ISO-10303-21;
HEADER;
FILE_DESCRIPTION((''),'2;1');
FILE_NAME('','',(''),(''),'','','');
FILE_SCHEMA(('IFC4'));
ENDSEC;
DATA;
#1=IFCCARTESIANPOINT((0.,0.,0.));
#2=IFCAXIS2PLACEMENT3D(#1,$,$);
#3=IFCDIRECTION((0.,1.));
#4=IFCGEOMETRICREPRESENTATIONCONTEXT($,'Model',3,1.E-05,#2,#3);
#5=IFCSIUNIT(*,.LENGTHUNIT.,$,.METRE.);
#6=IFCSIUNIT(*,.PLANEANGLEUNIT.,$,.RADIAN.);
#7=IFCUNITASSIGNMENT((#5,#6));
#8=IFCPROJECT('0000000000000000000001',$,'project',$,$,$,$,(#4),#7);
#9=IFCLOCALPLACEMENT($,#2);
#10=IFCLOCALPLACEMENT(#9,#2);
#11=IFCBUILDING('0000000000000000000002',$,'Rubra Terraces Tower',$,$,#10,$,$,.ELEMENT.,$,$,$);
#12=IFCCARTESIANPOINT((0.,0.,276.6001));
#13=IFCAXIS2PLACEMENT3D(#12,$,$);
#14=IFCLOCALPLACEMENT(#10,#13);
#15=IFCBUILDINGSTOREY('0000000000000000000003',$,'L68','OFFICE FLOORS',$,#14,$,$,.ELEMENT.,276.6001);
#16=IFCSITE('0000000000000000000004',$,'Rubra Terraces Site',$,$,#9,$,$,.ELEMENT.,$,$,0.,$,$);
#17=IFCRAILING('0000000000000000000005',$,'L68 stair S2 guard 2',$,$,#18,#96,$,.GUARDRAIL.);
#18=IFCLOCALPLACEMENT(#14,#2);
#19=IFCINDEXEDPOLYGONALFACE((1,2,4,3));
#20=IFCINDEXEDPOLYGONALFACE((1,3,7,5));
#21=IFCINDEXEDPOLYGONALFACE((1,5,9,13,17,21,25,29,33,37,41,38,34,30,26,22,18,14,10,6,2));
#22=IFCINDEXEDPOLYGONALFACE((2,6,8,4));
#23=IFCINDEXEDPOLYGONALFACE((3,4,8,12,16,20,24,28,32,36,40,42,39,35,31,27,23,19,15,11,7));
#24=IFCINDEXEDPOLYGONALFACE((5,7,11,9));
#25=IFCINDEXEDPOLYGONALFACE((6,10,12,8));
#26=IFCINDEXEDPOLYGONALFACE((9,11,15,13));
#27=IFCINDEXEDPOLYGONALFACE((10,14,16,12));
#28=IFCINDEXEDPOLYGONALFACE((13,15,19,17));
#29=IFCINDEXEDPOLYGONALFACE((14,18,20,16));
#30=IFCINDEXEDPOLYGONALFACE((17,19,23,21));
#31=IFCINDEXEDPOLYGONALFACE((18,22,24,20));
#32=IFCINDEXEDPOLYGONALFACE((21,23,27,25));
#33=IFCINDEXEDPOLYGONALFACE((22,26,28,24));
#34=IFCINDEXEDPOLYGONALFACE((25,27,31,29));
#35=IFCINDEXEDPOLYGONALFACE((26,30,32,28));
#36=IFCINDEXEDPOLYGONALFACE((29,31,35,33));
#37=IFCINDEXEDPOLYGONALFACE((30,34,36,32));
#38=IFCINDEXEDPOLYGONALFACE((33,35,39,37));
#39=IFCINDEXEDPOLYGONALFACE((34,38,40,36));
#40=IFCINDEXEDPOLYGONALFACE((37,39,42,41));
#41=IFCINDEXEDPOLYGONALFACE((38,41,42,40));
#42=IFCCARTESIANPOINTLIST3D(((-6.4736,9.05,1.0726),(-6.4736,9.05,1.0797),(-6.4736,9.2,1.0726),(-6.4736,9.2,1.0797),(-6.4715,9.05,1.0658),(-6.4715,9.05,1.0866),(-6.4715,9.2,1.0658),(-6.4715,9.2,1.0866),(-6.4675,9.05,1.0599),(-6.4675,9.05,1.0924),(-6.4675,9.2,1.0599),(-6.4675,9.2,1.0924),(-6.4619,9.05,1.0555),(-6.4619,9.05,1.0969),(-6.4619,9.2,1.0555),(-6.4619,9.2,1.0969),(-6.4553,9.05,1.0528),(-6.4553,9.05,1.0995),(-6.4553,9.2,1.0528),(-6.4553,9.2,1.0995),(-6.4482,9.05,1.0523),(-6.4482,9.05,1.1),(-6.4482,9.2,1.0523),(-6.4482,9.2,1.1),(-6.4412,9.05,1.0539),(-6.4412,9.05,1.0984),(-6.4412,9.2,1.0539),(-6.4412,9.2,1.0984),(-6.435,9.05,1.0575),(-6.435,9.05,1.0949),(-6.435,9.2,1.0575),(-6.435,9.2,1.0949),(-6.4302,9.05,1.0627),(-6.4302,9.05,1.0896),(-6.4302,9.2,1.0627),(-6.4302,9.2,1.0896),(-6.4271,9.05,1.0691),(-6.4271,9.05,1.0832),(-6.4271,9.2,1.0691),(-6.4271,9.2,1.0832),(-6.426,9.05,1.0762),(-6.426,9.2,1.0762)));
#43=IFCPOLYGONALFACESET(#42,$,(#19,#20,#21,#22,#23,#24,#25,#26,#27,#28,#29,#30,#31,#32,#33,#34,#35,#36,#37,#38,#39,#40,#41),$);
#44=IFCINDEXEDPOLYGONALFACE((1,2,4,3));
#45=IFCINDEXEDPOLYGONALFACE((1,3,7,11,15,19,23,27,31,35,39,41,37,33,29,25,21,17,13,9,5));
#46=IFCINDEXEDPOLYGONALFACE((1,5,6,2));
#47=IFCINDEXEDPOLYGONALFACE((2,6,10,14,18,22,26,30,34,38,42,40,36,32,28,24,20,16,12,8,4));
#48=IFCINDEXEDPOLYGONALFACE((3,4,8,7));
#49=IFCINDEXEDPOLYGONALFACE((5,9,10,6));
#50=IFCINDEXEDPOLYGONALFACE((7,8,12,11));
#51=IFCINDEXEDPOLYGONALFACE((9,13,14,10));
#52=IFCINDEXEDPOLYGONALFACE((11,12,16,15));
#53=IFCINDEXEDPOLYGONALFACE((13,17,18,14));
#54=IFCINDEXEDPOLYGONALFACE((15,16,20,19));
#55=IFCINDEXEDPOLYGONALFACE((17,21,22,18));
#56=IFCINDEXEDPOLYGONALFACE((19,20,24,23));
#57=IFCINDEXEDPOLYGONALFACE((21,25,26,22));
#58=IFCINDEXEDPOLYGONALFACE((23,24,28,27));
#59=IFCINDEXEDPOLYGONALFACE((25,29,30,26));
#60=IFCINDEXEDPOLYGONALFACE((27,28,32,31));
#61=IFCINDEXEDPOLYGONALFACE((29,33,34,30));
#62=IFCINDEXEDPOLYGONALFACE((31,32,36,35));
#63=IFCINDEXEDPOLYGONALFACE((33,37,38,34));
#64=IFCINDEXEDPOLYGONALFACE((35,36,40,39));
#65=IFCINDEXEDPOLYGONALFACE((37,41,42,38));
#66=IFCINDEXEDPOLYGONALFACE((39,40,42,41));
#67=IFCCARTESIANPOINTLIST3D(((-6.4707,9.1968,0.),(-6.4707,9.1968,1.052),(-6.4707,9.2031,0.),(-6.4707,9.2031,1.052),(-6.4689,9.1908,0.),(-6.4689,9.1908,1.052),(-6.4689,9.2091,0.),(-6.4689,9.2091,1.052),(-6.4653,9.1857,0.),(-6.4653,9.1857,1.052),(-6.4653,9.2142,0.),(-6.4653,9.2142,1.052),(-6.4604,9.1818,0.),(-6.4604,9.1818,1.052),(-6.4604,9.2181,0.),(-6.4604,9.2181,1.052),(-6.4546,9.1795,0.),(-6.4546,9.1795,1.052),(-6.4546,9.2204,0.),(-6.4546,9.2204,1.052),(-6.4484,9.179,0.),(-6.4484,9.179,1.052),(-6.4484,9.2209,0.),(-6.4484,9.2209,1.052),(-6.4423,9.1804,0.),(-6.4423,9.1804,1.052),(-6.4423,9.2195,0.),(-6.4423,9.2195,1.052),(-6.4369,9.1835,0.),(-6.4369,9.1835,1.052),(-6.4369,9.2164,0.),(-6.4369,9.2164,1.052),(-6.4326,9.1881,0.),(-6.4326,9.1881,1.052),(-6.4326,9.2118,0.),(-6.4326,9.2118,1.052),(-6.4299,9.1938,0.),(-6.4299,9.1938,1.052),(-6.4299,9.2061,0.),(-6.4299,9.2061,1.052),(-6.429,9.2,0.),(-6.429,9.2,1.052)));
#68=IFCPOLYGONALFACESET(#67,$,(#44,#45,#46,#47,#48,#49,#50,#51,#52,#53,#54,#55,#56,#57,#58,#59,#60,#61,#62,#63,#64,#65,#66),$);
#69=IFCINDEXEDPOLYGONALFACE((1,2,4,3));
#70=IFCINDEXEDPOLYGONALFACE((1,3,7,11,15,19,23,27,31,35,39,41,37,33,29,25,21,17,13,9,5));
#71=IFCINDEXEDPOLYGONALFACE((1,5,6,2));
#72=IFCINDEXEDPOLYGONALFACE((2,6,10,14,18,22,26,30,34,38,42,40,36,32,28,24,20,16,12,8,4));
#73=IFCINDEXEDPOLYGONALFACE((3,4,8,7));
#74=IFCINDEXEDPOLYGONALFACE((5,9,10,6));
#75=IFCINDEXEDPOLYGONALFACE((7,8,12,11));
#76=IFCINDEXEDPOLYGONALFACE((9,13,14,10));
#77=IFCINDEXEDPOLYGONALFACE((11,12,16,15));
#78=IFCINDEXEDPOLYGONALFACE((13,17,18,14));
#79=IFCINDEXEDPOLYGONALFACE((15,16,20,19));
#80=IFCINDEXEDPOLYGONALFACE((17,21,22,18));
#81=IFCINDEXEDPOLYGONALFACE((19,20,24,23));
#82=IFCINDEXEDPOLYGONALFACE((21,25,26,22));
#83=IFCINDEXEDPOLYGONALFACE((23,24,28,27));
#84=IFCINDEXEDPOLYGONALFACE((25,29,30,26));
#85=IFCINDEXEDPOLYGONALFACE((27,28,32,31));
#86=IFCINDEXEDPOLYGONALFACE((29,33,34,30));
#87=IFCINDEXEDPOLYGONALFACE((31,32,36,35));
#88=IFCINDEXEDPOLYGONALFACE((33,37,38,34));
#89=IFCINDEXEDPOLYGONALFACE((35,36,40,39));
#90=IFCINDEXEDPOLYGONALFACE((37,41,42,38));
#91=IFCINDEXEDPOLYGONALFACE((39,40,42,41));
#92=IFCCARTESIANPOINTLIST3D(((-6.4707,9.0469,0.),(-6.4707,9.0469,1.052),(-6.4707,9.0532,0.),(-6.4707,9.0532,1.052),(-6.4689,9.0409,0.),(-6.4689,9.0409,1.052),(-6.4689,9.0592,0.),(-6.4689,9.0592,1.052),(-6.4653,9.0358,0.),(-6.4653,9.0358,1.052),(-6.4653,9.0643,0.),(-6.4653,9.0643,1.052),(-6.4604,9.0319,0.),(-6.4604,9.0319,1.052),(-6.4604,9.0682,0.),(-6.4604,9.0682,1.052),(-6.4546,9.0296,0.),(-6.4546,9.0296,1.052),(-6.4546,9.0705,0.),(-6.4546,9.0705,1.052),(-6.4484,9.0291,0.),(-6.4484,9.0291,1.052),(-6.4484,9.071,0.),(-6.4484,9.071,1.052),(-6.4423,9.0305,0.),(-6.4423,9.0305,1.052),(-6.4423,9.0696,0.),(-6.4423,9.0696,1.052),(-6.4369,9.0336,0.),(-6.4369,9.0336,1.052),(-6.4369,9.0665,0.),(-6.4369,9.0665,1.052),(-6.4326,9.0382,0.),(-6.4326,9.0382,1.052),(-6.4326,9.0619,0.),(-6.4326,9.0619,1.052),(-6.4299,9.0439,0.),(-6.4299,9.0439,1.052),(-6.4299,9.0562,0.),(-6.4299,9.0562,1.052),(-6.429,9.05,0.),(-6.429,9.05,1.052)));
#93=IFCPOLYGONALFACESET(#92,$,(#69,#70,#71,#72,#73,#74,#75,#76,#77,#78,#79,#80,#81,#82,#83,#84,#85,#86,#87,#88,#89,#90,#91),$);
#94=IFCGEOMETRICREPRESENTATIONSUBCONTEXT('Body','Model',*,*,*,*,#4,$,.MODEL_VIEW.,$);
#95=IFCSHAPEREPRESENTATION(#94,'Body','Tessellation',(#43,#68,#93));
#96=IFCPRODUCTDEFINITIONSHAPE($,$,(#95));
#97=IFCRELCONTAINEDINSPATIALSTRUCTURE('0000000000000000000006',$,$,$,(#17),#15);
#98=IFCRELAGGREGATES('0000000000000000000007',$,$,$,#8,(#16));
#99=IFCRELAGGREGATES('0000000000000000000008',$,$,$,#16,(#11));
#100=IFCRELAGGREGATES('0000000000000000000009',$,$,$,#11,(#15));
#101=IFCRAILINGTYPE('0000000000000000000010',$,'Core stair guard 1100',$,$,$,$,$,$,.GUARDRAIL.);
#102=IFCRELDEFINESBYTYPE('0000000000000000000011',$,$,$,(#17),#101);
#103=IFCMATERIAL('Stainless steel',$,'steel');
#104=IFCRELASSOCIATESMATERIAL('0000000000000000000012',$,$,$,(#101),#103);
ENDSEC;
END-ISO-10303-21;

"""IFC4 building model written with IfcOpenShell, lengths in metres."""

from ifc_helpers import new_model, si_unit, direction, frame, origin, origin_2d, place, context, subcontext, project, spatial, circle, extrude, material, type_object, element, save


model = new_model("IFC4")

# Units and contexts
model_context = context("Model", 3, precision=1e-05, world=origin(), true_north=direction((0.0, 1.0)))
body_context = subcontext(model_context, "Body", "Model", "MODEL_VIEW")
ifc_project = project(units=[si_unit("LENGTHUNIT", "METRE"), si_unit("PLANEANGLEUNIT", "RADIAN")], contexts=[model_context])

# Site, building, storey
site_placement = place(None, origin())
site = spatial("IfcSite", under=ifc_project, at=site_placement, Name="Rubra Terraces Site", CompositionType="ELEMENT", RefElevation=0.0)
building_placement = place(site_placement, origin())
building = spatial("IfcBuilding", under=site, at=building_placement, Name="Rubra Terraces Tower", CompositionType="ELEMENT")
storey_placement = place(building_placement, frame((0.0, 0.0, 276.6001)))
storey = spatial("IfcBuildingStorey", under=building, at=storey_placement, Name="L68", Description="OFFICE FLOORS", CompositionType="ELEMENT", Elevation=276.6001)

# Shared definitions
ifc_material_1 = material(Name="Stainless steel", Category="steel")

# Railing
railing_type_1 = type_object("IfcRailingType", Name="Core stair guard 1100", PredefinedType="GUARDRAIL", material=ifc_material_1)
railing_1_placement = place(storey_placement, frame((-6.45, 9.2, 0.0)))
element("IfcRailing", 1, at=railing_1_placement, inside=storey, type_object=railing_type_1, Name="L68 stair S2 guard 2", PredefinedType="GUARDRAIL", context=body_context, shape_type="SweptSolid", body=[
    extrude(circle(Radius=0.0239, at=origin_2d()), frame((0.0, 0.0, 1.0762), z_axis=(0.0, -1.0, 0.0), x_axis=(1.0, 0.0, 0.0)), (0.0, 0.0, 1.0), 0.1499),
    extrude(circle(Radius=0.021, at=origin_2d()), origin(), (0.0, 0.0, 1.0), 1.052),
    extrude(circle(Radius=0.021, at=origin_2d()), frame((0.0, -0.1499, 0.0)), (0.0, 0.0, 1.0), 1.052),
])

save(model, "model.ifc")
